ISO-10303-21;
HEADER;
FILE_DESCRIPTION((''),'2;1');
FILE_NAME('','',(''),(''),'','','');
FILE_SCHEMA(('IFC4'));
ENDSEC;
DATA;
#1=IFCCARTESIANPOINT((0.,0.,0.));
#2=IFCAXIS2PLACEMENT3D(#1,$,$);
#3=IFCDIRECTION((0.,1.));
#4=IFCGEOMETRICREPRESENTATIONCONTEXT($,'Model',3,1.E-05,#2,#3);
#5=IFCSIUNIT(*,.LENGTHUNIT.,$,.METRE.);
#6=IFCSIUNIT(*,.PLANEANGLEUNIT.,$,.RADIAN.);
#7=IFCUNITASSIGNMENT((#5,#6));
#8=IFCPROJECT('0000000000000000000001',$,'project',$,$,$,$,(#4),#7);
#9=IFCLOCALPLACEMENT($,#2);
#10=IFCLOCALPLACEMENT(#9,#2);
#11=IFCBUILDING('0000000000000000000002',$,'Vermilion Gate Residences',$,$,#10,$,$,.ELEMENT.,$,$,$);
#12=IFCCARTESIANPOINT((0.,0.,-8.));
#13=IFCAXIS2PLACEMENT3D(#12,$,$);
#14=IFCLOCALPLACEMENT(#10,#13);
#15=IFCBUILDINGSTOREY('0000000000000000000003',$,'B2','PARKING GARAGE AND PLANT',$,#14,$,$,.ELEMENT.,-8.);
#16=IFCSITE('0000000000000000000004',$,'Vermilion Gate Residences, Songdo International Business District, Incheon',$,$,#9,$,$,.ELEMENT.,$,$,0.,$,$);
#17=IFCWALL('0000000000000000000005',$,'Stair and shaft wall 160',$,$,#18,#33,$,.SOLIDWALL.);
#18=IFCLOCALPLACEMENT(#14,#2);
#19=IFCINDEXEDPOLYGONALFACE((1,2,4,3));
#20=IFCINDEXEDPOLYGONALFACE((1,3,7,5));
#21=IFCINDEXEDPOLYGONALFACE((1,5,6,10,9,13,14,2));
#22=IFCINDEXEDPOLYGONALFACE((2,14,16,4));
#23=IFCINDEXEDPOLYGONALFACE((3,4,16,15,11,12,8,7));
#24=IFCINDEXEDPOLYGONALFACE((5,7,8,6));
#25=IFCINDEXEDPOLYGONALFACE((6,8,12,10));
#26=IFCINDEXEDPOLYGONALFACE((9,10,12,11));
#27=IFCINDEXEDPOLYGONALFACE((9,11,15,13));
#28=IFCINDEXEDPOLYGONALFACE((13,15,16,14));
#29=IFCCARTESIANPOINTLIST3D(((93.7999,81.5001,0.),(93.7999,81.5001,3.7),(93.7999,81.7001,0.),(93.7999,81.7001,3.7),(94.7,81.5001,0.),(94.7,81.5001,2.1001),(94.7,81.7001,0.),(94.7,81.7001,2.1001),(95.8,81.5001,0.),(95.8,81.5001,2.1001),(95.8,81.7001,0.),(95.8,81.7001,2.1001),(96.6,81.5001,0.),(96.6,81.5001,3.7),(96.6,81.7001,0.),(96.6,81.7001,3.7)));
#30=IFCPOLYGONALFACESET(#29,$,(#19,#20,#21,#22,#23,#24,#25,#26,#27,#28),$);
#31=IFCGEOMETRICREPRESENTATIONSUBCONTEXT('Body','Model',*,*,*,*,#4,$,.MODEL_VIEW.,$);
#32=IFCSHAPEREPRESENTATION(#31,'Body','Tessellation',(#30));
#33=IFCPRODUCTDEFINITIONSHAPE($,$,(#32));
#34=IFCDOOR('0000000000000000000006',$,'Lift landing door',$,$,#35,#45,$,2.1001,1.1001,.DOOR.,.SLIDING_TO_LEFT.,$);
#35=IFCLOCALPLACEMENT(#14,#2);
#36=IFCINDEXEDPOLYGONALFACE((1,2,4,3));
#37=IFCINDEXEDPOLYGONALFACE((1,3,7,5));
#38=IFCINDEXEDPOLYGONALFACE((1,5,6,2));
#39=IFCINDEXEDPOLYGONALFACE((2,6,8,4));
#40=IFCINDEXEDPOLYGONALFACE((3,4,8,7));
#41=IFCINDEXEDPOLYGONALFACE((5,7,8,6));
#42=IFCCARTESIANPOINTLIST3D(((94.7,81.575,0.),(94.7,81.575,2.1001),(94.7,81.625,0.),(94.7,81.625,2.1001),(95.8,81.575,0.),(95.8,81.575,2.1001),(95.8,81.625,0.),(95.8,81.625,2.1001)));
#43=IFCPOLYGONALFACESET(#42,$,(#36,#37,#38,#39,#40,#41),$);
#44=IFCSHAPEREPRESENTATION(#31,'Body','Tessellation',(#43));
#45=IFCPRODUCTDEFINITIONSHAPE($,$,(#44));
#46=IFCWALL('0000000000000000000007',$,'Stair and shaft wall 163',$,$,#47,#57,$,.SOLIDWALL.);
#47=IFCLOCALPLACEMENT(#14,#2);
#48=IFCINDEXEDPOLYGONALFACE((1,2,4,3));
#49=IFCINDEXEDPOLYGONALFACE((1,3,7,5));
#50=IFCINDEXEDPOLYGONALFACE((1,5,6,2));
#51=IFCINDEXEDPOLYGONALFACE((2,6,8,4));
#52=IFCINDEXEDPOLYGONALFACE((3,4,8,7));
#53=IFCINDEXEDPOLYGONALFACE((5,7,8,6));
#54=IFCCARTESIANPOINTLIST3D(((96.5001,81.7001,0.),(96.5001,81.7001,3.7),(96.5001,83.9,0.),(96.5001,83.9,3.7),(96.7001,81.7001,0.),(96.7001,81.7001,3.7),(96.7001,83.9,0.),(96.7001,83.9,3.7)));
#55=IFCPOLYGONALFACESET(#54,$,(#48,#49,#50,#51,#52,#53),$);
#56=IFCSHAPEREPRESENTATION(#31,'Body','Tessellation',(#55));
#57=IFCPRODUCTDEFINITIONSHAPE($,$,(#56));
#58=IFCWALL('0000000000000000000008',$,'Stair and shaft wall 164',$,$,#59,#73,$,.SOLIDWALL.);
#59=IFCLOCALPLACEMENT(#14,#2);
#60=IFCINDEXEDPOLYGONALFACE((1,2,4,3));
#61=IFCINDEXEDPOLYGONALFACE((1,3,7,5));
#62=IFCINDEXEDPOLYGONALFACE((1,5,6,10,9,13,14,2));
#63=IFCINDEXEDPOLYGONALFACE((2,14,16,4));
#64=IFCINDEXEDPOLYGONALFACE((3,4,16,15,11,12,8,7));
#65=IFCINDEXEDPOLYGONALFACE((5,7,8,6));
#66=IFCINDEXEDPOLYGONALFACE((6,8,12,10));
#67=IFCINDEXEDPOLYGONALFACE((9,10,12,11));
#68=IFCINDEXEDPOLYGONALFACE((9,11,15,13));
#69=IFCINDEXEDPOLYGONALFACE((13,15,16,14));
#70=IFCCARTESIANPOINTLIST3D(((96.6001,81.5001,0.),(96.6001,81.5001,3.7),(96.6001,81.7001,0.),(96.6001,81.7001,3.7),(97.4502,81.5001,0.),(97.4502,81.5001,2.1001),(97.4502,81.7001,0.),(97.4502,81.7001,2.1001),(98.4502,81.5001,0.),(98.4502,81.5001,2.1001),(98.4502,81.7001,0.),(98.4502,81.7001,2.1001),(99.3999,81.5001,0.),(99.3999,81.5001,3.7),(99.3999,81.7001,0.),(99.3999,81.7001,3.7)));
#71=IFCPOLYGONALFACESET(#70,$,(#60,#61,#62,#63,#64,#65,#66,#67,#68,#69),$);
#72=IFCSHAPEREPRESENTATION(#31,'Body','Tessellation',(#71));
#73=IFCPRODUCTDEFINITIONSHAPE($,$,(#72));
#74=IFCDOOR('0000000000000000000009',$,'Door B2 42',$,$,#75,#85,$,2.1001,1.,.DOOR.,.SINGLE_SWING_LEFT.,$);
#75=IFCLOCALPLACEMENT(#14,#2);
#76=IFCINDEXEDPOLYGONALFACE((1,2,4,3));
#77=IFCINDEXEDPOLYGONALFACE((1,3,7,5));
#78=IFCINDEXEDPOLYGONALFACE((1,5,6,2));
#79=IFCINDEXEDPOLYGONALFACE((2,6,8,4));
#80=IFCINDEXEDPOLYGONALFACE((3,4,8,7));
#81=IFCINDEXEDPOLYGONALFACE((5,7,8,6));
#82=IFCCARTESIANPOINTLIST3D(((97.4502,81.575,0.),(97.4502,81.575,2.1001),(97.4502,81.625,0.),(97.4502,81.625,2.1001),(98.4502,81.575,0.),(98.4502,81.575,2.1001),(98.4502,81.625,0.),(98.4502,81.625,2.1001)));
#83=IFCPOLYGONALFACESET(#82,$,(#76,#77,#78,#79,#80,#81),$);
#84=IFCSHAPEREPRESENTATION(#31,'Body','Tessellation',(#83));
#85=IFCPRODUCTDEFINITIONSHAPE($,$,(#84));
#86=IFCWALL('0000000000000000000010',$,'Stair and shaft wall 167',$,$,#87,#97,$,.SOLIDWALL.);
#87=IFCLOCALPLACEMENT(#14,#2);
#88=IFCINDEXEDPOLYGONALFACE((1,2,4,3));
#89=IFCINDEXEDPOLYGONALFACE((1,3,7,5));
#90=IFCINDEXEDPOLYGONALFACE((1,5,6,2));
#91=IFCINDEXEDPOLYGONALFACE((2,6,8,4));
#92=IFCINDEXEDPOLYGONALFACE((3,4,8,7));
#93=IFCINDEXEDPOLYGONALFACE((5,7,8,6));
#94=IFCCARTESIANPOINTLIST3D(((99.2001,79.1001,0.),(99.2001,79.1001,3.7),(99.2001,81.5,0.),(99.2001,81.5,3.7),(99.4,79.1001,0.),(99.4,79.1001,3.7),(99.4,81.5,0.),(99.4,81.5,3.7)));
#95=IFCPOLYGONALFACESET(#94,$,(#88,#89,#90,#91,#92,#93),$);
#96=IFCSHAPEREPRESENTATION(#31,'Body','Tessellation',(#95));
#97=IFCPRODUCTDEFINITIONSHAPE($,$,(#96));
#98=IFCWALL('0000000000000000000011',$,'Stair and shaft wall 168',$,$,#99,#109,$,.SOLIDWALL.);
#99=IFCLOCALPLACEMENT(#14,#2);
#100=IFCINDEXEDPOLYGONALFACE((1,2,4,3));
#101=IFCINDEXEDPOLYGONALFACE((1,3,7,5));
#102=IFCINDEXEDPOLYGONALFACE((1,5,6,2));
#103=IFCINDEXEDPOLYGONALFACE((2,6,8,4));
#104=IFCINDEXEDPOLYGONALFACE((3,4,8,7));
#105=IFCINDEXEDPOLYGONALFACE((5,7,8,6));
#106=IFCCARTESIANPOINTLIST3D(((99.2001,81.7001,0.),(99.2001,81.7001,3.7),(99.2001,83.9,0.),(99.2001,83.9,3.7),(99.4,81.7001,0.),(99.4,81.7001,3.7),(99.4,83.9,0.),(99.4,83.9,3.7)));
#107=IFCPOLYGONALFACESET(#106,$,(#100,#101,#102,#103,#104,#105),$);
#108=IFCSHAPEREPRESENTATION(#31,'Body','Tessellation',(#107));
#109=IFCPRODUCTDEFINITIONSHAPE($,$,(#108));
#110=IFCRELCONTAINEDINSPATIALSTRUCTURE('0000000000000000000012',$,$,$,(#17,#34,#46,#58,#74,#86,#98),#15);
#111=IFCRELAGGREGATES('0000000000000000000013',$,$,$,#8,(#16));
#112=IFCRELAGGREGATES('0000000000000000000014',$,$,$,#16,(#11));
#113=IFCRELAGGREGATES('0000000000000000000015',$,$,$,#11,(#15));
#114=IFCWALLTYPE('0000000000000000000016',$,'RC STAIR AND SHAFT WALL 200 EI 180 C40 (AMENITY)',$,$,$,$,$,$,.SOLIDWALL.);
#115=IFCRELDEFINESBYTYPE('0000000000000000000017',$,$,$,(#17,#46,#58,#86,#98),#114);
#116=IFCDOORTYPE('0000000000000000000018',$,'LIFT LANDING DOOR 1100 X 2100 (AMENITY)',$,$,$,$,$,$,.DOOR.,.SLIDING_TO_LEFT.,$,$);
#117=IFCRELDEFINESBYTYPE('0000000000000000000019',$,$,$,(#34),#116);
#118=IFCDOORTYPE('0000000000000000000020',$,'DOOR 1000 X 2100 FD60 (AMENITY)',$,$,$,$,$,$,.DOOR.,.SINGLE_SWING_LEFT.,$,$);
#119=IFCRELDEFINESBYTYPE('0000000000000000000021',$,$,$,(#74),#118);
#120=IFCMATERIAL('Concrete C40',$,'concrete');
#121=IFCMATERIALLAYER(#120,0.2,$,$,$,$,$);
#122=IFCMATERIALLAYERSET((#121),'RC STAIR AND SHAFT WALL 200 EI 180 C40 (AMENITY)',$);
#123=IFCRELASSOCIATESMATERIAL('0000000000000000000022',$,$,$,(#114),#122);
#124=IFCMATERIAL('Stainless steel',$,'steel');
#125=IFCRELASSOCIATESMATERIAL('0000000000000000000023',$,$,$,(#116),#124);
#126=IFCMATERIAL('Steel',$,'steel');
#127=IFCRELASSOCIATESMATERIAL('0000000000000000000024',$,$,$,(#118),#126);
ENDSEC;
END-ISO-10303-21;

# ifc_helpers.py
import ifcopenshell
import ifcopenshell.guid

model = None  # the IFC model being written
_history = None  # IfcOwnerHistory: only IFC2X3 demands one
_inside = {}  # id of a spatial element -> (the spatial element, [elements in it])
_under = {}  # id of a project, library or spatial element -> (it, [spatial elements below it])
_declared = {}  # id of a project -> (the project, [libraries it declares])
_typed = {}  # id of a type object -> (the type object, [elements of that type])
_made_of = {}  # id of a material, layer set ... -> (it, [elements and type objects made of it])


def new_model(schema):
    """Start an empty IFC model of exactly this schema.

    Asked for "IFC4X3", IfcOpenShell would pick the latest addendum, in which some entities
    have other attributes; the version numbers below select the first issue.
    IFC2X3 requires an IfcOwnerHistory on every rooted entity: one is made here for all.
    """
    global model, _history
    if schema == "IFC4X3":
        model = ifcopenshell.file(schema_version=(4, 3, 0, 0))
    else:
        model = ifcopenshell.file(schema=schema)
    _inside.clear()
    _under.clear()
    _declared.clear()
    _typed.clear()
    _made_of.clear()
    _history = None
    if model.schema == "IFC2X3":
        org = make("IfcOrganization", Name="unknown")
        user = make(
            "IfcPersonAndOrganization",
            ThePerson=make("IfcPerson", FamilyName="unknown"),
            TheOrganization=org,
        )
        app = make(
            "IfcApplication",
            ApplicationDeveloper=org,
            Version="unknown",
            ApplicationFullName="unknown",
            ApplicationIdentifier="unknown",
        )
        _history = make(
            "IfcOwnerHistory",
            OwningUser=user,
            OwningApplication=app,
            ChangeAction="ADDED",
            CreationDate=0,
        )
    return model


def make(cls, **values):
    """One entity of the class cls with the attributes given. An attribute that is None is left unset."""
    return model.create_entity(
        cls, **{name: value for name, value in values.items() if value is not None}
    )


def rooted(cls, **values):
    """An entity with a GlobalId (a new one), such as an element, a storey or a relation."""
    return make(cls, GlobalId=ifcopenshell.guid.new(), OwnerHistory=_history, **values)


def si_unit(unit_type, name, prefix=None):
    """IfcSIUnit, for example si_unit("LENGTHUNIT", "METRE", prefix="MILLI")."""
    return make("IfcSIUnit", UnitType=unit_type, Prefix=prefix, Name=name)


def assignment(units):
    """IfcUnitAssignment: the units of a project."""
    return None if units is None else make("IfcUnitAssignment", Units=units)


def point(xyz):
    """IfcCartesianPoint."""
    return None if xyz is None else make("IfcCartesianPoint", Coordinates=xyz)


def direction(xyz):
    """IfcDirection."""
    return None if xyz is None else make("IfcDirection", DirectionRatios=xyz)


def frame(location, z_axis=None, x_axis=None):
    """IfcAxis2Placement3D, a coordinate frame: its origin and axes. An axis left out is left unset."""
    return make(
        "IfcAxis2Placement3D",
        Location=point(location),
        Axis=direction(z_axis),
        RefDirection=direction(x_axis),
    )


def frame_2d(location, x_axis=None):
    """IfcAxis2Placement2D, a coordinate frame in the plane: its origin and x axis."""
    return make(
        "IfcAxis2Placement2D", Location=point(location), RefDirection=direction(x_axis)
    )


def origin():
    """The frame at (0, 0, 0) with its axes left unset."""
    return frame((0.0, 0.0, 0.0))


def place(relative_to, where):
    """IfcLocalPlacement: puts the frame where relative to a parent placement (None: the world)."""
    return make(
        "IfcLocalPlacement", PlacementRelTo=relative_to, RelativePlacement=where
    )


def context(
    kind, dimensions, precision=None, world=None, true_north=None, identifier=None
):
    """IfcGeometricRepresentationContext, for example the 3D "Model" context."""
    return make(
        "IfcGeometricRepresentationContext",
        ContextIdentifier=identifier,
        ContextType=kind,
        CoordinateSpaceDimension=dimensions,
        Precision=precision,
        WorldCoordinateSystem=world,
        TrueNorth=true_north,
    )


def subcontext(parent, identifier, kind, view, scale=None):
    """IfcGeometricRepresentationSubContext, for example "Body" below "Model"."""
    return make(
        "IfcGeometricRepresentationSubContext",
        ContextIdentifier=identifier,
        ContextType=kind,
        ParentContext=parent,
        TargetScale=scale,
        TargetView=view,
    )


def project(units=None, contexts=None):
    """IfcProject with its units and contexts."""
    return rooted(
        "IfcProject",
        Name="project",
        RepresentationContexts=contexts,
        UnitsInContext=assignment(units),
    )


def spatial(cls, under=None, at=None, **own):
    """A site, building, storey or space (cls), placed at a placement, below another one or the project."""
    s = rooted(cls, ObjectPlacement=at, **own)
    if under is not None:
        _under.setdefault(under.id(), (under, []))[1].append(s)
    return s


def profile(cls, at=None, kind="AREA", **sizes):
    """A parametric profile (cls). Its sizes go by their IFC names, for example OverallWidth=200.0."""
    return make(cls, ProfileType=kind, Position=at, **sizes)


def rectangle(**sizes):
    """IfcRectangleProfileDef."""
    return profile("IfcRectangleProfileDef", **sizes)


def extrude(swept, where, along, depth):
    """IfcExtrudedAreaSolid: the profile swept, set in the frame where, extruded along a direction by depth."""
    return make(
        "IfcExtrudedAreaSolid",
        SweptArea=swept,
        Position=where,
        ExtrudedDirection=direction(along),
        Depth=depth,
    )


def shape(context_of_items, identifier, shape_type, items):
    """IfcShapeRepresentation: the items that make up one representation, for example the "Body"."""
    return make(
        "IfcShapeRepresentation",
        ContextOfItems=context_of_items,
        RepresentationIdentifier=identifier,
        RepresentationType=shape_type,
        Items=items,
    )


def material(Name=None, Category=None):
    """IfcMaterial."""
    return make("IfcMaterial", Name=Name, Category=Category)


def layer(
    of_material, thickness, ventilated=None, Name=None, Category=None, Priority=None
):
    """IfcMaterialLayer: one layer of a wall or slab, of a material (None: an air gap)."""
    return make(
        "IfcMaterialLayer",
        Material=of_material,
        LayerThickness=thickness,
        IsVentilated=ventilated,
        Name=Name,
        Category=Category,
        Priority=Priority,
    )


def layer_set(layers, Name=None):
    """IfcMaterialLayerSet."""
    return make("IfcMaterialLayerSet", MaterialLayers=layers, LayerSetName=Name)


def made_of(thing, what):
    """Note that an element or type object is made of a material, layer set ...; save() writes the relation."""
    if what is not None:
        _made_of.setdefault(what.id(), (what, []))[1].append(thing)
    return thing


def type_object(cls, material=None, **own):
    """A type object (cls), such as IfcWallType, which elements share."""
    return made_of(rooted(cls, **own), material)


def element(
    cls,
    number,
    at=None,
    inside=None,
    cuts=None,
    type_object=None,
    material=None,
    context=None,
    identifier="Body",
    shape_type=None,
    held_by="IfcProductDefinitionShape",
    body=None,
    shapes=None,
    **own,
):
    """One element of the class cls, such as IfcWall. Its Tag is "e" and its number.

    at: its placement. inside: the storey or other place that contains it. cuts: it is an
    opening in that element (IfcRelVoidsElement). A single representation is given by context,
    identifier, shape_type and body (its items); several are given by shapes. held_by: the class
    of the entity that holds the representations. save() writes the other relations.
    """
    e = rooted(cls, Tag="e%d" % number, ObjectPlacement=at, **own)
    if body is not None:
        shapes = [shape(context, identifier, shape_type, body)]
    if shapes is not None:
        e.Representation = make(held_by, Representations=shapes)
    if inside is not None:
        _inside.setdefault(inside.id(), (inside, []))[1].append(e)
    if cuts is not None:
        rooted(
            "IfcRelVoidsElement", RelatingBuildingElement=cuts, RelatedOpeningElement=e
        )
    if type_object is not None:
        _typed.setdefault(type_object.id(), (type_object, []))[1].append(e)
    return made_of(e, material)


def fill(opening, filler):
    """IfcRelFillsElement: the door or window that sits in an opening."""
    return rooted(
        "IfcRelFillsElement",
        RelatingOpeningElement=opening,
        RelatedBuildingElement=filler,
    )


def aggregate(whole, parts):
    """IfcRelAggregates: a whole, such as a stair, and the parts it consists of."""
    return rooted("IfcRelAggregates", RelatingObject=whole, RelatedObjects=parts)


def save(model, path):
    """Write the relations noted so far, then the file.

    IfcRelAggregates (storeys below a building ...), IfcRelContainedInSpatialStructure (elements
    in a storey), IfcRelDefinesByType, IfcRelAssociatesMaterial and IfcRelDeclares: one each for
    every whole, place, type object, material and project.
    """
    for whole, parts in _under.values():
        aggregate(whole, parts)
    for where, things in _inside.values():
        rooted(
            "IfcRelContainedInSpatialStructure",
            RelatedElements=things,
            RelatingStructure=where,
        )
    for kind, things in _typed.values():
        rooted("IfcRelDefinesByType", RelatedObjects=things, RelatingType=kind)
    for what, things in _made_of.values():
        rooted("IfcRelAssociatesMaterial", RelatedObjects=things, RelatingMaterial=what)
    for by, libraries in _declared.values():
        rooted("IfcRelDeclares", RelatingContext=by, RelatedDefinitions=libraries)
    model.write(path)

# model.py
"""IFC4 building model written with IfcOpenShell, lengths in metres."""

from ifc_helpers import new_model, si_unit, direction, frame, frame_2d, origin, place, context, subcontext, project, spatial, rectangle, extrude, material, layer, layer_set, type_object, element, fill, save


model = new_model("IFC4")

# Units and contexts
model_context = context("Model", 3, precision=1e-05, world=origin(), true_north=direction((0.0, 1.0)))
body_context = subcontext(model_context, "Body", "Model", "MODEL_VIEW")
ifc_project = project(units=[si_unit("LENGTHUNIT", "METRE"), si_unit("PLANEANGLEUNIT", "RADIAN")], contexts=[model_context])

# Site, building, storey
site_placement = place(None, origin())
site = spatial("IfcSite", under=ifc_project, at=site_placement, Name="Vermilion Gate Residences, Songdo International Business District, Incheon", CompositionType="ELEMENT", RefElevation=0.0)
building_placement = place(site_placement, origin())
building = spatial("IfcBuilding", under=site, at=building_placement, Name="Vermilion Gate Residences", CompositionType="ELEMENT")
storey_placement = place(building_placement, frame((0.0, 0.0, -8.0)))
storey = spatial("IfcBuildingStorey", under=building, at=storey_placement, Name="B2", Description="PARKING GARAGE AND PLANT", CompositionType="ELEMENT", Elevation=-8.0)

# Shared definitions
ifc_material_1 = material(Name="Concrete C40", Category="concrete")
ifc_layer_1 = layer(ifc_material_1, 0.2)
ifc_layer_set_1 = layer_set([ifc_layer_1], Name="RC STAIR AND SHAFT WALL 200 EI 180 C40 (AMENITY)")
wall_type_1 = type_object("IfcWallType", Name="RC STAIR AND SHAFT WALL 200 EI 180 C40 (AMENITY)", PredefinedType="SOLIDWALL", material=ifc_layer_set_1)

# Wall, opening, door
wall_1_placement = place(storey_placement, frame((93.8, 81.6001, 0.0), z_axis=(0.0, 0.0, 1.0), x_axis=(1.0, 0.0, 0.0)))
wall_1 = element("IfcWall", 1, at=wall_1_placement, inside=storey, type_object=wall_type_1, Name="Stair and shaft wall 160", PredefinedType="SOLIDWALL", context=body_context, shape_type="SweptSolid", body=[
    extrude(rectangle(XDim=2.8, YDim=0.2, at=frame_2d((1.3999, 0.0))), origin(), (0.0, 0.0, 1.0), 3.7),
])
opening_1_placement = place(wall_1_placement, frame((0.8999, 0.0, 0.0)))
opening_1 = element("IfcOpeningElement", 2, at=opening_1_placement, cuts=wall_1, PredefinedType="OPENING", context=body_context, shape_type="SweptSolid", body=[
    extrude(rectangle(XDim=1.1001, YDim=2.1001, at=frame_2d((0.55, 1.05))), frame((0.0, 0.1099, 0.0), z_axis=(0.0, -1.0, 0.0), x_axis=(1.0, 0.0, 0.0)), (0.0, 0.0, 1.0), 0.22),
])
ifc_material_2 = material(Name="Stainless steel", Category="steel")
door_type_1 = type_object("IfcDoorType", Name="LIFT LANDING DOOR 1100 X 2100 (AMENITY)", OperationType="SLIDING_TO_LEFT", PredefinedType="DOOR", material=ifc_material_2)
door_1_placement = place(opening_1_placement, origin())
door_1 = element("IfcDoor", 3, at=door_1_placement, inside=storey, type_object=door_type_1, Name="Lift landing door", OperationType="SLIDING_TO_LEFT", OverallHeight=2.1001, OverallWidth=1.1001, PredefinedType="DOOR", context=body_context, shape_type="SweptSolid", body=[
    extrude(rectangle(XDim=1.1001, YDim=2.1001, at=frame_2d((0.55, 1.05))), frame((0.0, 0.0249, 0.0), z_axis=(0.0, -1.0, 0.0), x_axis=(1.0, 0.0, 0.0)), (0.0, 0.0, 1.0), 0.05),
])
fill(opening_1, door_1)

# Wall
wall_2_placement = place(storey_placement, frame((96.6001, 81.7, 0.0), z_axis=(0.0, 0.0, 1.0), x_axis=(0.0, 1.0, 0.0)))
element("IfcWall", 4, at=wall_2_placement, inside=storey, type_object=wall_type_1, Name="Stair and shaft wall 163", PredefinedType="SOLIDWALL", context=body_context, shape_type="SweptSolid", body=[
    extrude(rectangle(XDim=2.2, YDim=0.2, at=frame_2d((1.1001, 0.0))), origin(), (0.0, 0.0, 1.0), 3.7),
])

# Wall, opening, door
wall_3_placement = place(storey_placement, frame((96.6001, 81.6001, 0.0), z_axis=(0.0, 0.0, 1.0), x_axis=(1.0, 0.0, 0.0)))
wall_3 = element("IfcWall", 5, at=wall_3_placement, inside=storey, type_object=wall_type_1, Name="Stair and shaft wall 164", PredefinedType="SOLIDWALL", context=body_context, shape_type="SweptSolid", body=[
    extrude(rectangle(XDim=2.7998, YDim=0.2, at=frame_2d((1.3999, 0.0))), origin(), (0.0, 0.0, 1.0), 3.7),
])
opening_2_placement = place(wall_3_placement, frame((0.8501, 0.0, 0.0)))
opening_2 = element("IfcOpeningElement", 6, at=opening_2_placement, cuts=wall_3, PredefinedType="OPENING", context=body_context, shape_type="SweptSolid", body=[
    extrude(rectangle(XDim=1.0, YDim=2.1001, at=frame_2d((0.5, 1.05))), frame((0.0, 0.1099, 0.0), z_axis=(0.0, -1.0, 0.0), x_axis=(1.0, 0.0, 0.0)), (0.0, 0.0, 1.0), 0.22),
])
ifc_material_3 = material(Name="Steel", Category="steel")
door_type_2 = type_object("IfcDoorType", Name="DOOR 1000 X 2100 FD60 (AMENITY)", OperationType="SINGLE_SWING_LEFT", PredefinedType="DOOR", material=ifc_material_3)
door_2_placement = place(opening_2_placement, origin())
door_2 = element("IfcDoor", 7, at=door_2_placement, inside=storey, type_object=door_type_2, Name="Door B2 42", OperationType="SINGLE_SWING_LEFT", OverallHeight=2.1001, OverallWidth=1.0, PredefinedType="DOOR", context=body_context, shape_type="SweptSolid", body=[
    extrude(rectangle(XDim=1.0, YDim=2.1001, at=frame_2d((0.5, 1.05))), frame((0.0, 0.0249, 0.0), z_axis=(0.0, -1.0, 0.0), x_axis=(1.0, 0.0, 0.0)), (0.0, 0.0, 1.0), 0.05),
])
fill(opening_2, door_2)

# Walls
wall_4_placement = place(storey_placement, frame((99.3, 79.1001, 0.0), z_axis=(0.0, 0.0, 1.0), x_axis=(0.0, 1.0, 0.0)))
element("IfcWall", 8, at=wall_4_placement, inside=storey, type_object=wall_type_1, Name="Stair and shaft wall 167", PredefinedType="SOLIDWALL", context=body_context, shape_type="SweptSolid", body=[
    extrude(rectangle(XDim=2.3999, YDim=0.2, at=frame_2d((1.2, 0.0))), origin(), (0.0, 0.0, 1.0), 3.7),
])
wall_5_placement = place(storey_placement, frame((99.3, 81.7, 0.0), z_axis=(0.0, 0.0, 1.0), x_axis=(0.0, 1.0, 0.0)))
element("IfcWall", 9, at=wall_5_placement, inside=storey, type_object=wall_type_1, Name="Stair and shaft wall 168", PredefinedType="SOLIDWALL", context=body_context, shape_type="SweptSolid", body=[
    extrude(rectangle(XDim=2.2, YDim=0.2, at=frame_2d((1.1001, 0.0))), origin(), (0.0, 0.0, 1.0), 3.7),
])

save(model, "model.ifc")
